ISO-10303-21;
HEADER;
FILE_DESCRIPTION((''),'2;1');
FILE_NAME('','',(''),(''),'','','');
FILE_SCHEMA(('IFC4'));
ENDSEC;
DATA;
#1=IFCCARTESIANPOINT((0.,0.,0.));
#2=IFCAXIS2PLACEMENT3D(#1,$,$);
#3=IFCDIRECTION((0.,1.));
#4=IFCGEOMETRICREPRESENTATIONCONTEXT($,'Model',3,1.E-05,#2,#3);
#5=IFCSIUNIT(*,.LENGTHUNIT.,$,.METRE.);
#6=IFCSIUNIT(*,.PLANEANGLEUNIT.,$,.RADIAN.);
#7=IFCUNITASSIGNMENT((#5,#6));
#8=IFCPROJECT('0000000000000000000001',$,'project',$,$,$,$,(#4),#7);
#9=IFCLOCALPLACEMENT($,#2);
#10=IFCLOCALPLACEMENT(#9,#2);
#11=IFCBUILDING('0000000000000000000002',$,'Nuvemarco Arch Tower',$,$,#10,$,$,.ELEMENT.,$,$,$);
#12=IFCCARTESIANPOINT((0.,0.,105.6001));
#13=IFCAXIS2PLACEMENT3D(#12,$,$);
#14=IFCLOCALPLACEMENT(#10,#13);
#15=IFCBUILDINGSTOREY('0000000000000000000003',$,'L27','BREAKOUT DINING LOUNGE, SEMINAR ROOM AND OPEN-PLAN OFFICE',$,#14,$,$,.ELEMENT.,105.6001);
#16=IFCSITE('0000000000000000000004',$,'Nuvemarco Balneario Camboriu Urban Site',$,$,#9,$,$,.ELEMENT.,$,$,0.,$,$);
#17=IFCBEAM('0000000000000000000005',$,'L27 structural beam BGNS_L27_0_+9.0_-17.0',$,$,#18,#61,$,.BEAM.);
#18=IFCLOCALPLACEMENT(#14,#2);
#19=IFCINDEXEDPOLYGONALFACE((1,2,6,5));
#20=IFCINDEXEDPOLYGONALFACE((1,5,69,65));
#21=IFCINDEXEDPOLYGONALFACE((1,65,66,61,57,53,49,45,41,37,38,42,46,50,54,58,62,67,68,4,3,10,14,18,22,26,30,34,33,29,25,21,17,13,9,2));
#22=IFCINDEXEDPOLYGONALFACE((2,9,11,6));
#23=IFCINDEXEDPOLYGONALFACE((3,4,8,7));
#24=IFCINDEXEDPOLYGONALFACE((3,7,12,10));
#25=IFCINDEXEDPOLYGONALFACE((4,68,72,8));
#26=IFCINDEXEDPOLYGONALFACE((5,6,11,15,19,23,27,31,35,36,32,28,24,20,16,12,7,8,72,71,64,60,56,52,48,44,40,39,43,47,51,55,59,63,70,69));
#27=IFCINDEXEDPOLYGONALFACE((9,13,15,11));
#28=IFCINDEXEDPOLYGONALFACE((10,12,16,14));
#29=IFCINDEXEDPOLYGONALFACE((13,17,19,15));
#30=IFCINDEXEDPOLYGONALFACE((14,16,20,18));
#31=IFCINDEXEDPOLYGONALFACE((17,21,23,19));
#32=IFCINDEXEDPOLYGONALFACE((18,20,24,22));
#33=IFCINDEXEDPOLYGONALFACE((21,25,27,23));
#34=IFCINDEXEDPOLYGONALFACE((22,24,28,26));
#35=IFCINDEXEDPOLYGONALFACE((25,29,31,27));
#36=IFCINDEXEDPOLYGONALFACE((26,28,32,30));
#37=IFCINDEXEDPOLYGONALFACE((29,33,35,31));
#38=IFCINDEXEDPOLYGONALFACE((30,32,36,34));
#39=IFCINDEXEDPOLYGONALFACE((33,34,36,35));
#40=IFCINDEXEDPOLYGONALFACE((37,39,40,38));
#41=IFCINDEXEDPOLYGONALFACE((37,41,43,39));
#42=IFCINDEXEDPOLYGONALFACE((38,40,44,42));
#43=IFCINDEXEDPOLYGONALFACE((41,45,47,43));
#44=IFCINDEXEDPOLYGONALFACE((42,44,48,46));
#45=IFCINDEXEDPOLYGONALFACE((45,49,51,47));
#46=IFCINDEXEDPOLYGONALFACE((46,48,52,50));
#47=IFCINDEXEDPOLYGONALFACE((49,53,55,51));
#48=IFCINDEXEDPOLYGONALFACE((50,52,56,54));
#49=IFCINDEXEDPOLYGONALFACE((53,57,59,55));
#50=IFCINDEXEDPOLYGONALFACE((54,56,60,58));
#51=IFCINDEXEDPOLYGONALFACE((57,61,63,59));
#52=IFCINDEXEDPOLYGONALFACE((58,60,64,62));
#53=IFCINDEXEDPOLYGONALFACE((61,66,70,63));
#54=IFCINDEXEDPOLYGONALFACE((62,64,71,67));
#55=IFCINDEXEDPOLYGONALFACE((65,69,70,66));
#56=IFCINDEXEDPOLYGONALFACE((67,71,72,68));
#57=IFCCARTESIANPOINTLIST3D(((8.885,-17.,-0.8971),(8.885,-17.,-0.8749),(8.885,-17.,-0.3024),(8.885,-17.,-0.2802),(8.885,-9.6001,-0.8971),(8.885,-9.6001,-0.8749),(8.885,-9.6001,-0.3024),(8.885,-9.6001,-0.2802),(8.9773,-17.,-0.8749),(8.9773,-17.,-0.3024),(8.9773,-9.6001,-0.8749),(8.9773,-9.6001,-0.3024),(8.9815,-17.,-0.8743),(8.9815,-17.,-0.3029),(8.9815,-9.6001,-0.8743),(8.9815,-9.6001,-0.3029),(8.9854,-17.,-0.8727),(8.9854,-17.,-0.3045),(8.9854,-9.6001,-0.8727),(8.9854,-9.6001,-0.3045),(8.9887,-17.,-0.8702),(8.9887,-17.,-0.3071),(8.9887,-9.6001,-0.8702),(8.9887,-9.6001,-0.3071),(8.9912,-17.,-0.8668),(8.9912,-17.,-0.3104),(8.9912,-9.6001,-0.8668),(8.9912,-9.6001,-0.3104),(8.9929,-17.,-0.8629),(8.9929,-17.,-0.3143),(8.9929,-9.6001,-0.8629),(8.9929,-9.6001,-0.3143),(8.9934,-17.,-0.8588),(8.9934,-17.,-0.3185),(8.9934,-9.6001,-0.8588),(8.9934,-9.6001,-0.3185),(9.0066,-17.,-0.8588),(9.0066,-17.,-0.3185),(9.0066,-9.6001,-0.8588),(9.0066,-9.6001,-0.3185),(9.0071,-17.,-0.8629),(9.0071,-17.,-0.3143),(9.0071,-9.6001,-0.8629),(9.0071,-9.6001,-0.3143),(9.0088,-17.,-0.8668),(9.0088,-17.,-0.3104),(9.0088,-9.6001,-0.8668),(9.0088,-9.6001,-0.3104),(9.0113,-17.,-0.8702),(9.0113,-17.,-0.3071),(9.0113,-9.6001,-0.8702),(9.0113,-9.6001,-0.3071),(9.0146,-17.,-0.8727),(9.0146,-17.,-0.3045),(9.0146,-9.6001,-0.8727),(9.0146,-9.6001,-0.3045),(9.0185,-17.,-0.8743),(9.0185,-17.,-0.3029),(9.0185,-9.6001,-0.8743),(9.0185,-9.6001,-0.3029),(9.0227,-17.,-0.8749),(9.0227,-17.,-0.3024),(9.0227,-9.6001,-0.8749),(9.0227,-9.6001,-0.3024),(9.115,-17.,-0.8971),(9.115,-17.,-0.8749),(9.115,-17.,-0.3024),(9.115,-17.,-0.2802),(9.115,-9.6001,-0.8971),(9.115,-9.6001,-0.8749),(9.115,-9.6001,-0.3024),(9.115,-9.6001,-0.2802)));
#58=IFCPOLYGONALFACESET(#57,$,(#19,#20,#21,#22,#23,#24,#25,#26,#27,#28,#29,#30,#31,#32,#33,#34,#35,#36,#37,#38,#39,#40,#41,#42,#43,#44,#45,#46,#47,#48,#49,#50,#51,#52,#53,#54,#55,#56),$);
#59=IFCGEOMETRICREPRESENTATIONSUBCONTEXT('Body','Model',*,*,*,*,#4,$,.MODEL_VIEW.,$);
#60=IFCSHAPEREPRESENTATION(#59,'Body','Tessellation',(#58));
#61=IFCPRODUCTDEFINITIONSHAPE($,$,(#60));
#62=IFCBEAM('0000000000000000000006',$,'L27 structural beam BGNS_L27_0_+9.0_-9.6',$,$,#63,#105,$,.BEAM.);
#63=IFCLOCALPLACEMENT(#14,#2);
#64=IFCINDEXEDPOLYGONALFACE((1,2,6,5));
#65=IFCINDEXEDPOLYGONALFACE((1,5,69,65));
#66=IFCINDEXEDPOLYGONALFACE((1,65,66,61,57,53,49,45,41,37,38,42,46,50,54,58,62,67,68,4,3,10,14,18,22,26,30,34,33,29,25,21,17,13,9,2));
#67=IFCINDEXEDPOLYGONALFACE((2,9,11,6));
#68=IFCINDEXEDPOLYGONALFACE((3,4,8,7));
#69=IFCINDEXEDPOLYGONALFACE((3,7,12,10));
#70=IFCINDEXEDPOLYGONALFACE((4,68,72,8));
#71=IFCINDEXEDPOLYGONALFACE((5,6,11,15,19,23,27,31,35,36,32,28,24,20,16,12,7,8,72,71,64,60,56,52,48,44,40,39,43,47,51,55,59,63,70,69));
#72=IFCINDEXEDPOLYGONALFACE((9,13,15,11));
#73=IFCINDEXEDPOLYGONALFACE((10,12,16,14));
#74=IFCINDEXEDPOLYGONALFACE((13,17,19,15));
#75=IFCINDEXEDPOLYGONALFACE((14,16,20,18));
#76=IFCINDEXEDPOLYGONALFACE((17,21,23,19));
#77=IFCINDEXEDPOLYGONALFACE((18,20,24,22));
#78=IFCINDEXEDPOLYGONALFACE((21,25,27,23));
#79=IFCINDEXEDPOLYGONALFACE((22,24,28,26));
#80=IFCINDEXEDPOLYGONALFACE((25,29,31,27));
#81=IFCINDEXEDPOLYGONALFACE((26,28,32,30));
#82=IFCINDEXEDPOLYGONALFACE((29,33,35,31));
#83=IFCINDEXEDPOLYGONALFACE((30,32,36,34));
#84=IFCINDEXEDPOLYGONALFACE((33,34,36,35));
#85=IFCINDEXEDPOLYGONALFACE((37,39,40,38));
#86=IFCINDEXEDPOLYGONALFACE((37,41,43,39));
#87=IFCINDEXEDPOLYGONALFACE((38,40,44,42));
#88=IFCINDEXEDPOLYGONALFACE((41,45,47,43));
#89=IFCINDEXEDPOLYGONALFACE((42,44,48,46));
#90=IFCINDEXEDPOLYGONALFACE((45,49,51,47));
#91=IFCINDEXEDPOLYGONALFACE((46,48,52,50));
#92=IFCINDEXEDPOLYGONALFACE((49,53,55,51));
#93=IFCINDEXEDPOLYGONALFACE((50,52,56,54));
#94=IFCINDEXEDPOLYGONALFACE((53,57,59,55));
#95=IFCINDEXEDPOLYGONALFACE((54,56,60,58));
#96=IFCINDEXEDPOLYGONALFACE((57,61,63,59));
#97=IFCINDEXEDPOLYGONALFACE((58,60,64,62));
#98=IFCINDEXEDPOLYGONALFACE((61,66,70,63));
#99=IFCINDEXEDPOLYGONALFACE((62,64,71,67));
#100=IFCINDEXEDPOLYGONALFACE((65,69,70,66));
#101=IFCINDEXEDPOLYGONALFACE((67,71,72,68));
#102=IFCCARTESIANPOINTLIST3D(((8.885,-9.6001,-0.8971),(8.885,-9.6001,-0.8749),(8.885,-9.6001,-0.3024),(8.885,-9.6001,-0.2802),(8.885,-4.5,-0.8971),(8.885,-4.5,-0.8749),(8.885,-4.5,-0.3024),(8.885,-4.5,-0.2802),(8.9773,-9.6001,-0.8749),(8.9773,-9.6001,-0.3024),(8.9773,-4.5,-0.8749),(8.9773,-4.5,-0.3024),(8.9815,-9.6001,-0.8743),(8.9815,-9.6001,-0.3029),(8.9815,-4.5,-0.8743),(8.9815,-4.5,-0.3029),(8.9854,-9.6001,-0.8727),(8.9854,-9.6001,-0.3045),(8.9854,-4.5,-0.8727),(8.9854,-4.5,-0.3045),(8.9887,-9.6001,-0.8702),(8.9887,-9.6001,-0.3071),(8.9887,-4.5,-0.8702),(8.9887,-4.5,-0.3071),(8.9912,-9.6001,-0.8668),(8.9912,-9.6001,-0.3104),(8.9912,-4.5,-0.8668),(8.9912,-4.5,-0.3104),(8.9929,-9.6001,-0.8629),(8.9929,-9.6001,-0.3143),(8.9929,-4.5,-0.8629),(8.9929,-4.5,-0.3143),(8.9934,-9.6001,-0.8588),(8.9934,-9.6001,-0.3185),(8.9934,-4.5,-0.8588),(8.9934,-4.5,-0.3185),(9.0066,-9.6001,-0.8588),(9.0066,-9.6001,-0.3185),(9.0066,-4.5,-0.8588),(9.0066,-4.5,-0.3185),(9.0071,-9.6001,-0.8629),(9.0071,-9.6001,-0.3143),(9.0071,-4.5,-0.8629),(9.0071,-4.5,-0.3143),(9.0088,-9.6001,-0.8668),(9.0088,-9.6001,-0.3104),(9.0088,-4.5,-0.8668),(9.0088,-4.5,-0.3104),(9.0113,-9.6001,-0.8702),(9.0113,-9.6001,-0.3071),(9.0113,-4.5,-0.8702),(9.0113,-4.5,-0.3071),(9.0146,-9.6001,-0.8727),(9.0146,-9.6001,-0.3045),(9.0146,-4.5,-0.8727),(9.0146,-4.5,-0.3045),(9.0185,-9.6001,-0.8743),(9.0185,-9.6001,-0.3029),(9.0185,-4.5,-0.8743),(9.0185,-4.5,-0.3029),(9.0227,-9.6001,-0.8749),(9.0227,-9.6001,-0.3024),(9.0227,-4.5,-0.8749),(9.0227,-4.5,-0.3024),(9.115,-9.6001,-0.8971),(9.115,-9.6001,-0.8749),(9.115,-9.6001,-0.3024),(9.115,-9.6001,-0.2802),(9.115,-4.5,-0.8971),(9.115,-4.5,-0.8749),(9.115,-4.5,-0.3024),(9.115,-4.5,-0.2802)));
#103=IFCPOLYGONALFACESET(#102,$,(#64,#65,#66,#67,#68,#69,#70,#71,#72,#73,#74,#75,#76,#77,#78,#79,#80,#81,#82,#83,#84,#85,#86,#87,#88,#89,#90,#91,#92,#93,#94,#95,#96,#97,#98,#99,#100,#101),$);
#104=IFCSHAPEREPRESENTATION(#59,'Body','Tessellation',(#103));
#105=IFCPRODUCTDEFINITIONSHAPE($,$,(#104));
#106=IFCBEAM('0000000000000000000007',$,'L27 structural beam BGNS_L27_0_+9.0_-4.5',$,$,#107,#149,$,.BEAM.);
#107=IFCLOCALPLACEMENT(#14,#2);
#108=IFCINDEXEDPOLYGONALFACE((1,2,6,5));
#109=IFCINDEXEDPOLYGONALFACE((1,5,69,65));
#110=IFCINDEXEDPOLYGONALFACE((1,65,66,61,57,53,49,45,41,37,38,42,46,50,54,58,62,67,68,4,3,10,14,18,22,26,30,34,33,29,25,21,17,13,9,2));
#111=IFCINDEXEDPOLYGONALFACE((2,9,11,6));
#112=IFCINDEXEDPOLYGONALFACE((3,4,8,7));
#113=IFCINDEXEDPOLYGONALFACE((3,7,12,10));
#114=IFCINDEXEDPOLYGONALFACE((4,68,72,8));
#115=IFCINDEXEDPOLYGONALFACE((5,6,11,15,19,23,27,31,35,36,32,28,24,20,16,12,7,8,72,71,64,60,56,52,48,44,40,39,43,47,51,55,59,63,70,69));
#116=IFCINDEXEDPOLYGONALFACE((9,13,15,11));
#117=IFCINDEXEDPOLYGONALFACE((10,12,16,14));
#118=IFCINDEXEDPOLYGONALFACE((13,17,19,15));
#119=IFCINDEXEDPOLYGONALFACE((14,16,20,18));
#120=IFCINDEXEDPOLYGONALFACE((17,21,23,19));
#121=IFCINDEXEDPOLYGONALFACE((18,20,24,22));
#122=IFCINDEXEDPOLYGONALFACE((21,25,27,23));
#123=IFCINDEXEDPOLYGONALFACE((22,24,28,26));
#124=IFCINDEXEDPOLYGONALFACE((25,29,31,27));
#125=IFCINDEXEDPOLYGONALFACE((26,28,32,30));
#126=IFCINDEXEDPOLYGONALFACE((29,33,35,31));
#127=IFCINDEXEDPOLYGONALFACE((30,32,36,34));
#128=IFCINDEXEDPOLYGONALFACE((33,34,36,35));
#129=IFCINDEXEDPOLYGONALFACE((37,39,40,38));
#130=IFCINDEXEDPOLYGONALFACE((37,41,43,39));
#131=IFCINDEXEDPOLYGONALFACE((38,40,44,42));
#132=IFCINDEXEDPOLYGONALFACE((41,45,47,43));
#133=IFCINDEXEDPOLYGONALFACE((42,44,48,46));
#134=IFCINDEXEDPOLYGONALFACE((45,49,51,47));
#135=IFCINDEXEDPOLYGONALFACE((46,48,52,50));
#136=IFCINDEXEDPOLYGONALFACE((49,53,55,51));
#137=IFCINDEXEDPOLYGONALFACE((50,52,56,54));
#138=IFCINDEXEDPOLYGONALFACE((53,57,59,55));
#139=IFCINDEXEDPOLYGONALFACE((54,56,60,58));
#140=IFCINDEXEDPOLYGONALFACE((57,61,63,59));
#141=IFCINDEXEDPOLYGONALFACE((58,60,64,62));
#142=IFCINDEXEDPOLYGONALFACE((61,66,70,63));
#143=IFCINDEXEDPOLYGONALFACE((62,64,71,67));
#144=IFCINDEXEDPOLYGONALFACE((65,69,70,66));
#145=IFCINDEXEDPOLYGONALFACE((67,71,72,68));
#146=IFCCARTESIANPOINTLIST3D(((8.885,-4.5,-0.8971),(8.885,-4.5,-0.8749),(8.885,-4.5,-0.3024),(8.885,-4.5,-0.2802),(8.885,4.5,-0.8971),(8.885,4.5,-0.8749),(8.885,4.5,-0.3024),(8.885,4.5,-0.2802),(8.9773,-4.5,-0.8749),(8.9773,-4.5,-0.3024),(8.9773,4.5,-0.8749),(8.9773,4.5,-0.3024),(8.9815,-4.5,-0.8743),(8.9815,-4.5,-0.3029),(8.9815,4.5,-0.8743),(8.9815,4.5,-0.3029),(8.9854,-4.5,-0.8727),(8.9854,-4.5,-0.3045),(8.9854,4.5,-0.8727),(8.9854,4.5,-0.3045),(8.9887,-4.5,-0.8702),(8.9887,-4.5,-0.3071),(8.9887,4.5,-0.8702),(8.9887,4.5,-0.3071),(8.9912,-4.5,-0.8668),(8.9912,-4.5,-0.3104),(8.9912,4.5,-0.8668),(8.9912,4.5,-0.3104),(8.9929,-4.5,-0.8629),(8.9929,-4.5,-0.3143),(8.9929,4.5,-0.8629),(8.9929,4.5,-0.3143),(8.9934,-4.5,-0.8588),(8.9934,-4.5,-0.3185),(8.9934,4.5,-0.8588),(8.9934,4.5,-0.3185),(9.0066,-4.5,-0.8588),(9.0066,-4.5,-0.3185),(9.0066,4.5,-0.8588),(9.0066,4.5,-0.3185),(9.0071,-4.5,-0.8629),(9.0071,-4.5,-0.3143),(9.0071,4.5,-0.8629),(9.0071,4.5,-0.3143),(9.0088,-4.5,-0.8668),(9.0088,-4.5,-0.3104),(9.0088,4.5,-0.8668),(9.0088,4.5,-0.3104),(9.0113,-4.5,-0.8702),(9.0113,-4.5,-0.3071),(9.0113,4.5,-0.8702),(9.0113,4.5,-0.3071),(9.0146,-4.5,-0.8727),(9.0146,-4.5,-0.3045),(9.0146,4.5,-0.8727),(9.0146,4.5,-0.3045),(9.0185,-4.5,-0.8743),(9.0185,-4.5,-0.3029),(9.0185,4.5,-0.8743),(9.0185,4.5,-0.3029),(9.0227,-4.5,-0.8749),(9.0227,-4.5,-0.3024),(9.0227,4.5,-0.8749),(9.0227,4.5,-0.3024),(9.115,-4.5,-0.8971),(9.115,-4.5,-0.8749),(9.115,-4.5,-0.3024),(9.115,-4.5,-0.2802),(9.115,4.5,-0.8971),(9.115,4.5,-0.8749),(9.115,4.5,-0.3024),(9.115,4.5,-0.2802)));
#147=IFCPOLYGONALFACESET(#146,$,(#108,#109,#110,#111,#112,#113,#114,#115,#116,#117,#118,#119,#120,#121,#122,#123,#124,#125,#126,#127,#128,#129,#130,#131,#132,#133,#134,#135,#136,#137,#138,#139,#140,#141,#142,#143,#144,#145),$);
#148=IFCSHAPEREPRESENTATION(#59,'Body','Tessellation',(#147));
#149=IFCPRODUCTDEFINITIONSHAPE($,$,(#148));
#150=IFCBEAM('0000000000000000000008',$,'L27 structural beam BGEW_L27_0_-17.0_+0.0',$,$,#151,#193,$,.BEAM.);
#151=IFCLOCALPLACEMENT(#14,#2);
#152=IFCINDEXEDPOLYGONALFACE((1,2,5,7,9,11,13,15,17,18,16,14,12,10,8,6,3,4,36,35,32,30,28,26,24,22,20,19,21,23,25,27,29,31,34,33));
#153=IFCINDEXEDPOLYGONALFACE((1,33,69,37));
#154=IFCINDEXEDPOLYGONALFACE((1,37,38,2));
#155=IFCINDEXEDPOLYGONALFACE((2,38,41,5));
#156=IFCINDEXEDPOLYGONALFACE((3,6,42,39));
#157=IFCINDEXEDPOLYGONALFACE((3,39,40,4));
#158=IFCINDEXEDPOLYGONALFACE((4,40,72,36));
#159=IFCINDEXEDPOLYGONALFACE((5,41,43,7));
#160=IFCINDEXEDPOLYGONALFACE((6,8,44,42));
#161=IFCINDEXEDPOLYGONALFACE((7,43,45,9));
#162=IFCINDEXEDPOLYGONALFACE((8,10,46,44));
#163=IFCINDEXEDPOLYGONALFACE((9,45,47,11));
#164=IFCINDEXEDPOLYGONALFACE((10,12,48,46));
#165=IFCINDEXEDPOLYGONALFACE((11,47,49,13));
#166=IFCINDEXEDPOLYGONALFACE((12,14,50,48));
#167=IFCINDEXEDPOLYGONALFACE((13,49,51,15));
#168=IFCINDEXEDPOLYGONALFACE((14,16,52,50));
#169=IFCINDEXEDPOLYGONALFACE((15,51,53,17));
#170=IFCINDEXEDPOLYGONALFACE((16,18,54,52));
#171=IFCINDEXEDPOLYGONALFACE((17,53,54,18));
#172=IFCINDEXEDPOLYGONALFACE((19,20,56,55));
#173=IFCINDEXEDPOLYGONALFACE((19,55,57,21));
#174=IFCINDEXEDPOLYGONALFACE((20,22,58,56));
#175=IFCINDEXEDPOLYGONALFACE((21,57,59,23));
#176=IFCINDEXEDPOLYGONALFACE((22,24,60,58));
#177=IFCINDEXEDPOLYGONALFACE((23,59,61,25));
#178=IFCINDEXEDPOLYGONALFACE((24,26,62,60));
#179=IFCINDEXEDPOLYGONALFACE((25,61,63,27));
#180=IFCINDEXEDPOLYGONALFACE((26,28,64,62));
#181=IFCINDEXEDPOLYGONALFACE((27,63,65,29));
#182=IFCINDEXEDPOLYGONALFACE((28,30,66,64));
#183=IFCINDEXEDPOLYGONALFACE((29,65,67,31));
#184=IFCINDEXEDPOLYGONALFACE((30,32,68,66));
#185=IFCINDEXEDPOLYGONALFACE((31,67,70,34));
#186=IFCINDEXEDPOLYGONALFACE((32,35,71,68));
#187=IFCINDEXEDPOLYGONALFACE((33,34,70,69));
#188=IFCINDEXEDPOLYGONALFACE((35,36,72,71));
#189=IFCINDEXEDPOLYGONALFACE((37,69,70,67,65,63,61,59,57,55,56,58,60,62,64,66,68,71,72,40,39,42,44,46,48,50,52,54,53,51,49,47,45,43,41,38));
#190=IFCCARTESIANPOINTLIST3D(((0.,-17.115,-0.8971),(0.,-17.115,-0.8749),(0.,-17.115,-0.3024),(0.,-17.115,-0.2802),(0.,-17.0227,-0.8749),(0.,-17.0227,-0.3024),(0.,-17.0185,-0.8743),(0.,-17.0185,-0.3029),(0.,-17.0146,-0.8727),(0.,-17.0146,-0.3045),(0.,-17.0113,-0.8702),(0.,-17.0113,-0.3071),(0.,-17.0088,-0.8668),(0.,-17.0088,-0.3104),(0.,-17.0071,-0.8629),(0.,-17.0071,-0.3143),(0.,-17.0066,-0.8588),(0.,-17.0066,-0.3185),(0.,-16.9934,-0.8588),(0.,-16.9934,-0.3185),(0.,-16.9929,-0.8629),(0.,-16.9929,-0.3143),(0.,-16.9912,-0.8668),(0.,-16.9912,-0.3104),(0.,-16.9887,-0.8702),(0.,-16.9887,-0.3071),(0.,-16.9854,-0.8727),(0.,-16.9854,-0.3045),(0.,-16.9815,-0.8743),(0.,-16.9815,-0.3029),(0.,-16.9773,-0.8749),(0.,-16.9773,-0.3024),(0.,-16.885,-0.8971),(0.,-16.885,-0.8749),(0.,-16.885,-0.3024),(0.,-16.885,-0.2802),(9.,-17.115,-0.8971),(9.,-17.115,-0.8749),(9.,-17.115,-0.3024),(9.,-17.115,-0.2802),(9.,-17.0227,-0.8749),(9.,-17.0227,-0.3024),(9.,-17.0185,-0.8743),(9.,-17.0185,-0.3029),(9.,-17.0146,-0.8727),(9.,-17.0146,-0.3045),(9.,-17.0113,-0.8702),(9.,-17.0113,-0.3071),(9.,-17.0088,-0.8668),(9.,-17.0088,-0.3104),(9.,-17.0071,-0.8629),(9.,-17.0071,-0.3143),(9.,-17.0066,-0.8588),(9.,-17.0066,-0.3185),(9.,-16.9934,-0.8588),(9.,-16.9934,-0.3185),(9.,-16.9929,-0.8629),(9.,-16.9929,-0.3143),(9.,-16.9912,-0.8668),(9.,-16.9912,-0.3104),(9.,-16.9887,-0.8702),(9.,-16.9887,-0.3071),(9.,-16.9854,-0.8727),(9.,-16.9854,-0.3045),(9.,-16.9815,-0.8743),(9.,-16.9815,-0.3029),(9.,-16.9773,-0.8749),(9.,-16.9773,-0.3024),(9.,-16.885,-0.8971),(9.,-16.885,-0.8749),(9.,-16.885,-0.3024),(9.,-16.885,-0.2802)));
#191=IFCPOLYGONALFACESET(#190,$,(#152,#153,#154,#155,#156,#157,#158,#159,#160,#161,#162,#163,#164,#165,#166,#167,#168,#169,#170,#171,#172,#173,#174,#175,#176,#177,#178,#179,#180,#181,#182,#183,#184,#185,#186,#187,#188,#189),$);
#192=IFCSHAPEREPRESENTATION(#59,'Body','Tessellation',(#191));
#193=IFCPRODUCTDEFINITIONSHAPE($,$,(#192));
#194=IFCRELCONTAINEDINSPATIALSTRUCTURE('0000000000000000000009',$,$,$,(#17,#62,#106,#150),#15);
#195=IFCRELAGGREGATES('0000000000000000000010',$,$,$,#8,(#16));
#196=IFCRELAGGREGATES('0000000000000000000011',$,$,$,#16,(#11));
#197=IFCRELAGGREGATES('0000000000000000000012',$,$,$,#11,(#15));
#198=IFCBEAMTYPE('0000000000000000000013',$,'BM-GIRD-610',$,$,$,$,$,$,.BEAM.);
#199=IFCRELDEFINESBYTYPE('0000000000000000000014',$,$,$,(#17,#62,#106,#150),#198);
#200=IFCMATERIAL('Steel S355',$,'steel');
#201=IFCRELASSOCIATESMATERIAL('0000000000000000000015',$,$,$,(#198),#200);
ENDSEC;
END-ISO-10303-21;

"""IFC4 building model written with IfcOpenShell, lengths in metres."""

from ifc_helpers import new_model, si_unit, direction, frame, origin, origin_2d, place, context, subcontext, project, spatial, i_section, extrude, material, material_profile, profile_set, type_object, element, save


model = new_model("IFC4")

# Units and contexts
model_context = context("Model", 3, precision=1e-05, world=origin(), true_north=direction((0.0, 1.0)))
body_context = subcontext(model_context, "Body", "Model", "MODEL_VIEW")
ifc_project = project(units=[si_unit("LENGTHUNIT", "METRE"), si_unit("PLANEANGLEUNIT", "RADIAN")], contexts=[model_context])

# Site, building, storey
site_placement = place(None, origin())
site = spatial("IfcSite", under=ifc_project, at=site_placement, Name="Nuvemarco Balneario Camboriu Urban Site", CompositionType="ELEMENT", RefElevation=0.0)
building_placement = place(site_placement, origin())
building = spatial("IfcBuilding", under=site, at=building_placement, Name="Nuvemarco Arch Tower", CompositionType="ELEMENT")
storey_placement = place(building_placement, frame((0.0, 0.0, 105.6001)))
storey = spatial("IfcBuildingStorey", under=building, at=storey_placement, Name="L27", Description="BREAKOUT DINING LOUNGE, SEMINAR ROOM AND OPEN-PLAN OFFICE", CompositionType="ELEMENT", Elevation=105.6001)

# Shared definitions
ifc_material_1 = material(Name="Steel S355", Category="steel")

# Beams
ifc_material_profile_1 = material_profile(ifc_material_1, i_section(OverallWidth=0.23, OverallDepth=0.6169, WebThickness=0.0132, FlangeThickness=0.0222, FilletRadius=0.0161, at=origin_2d()), Name="W610x140")
ifc_profile_set_1 = profile_set([ifc_material_profile_1], Name="Steel S355")
beam_type_1 = type_object("IfcBeamType", Name="BM-GIRD-610", PredefinedType="BEAM", material=ifc_profile_set_1)
beam_1_placement = place(storey_placement, frame((9.0, -17.0, -0.5886), z_axis=(0.0, 1.0, 0.0), x_axis=(-1.0, 0.0, 0.0)))
element("IfcBeam", 1, at=beam_1_placement, inside=storey, type_object=beam_type_1, Name="L27 structural beam BGNS_L27_0_+9.0_-17.0", PredefinedType="BEAM", context=body_context, shape_type="SweptSolid", body=[
    extrude(i_section(OverallWidth=0.23, OverallDepth=0.6169, WebThickness=0.0132, FlangeThickness=0.0222, FilletRadius=0.0161, at=origin_2d()), origin(), (0.0, 0.0, 1.0), 7.3999),
])
beam_2_placement = place(storey_placement, frame((9.0, -9.6001, -0.5886), z_axis=(0.0, 1.0, 0.0), x_axis=(-1.0, 0.0, 0.0)))
element("IfcBeam", 2, at=beam_2_placement, inside=storey, type_object=beam_type_1, Name="L27 structural beam BGNS_L27_0_+9.0_-9.6", PredefinedType="BEAM", context=body_context, shape_type="SweptSolid", body=[
    extrude(i_section(OverallWidth=0.23, OverallDepth=0.6169, WebThickness=0.0132, FlangeThickness=0.0222, FilletRadius=0.0161, at=origin_2d()), origin(), (0.0, 0.0, 1.0), 5.1001),
])
for number, where, z_axis, x_axis, name in (
    (3, (9.0, -4.5, -0.5886), (0.0, 1.0, 0.0), (-1.0, 0.0, 0.0), "L27 structural beam BGNS_L27_0_+9.0_-4.5"),
    (4, (0.0, -17.0, -0.5886), (1.0, 0.0, 0.0), (0.0, 1.0, 0.0), "L27 structural beam BGEW_L27_0_-17.0_+0.0"),
):
    element("IfcBeam", number, at=place(storey_placement, frame(where, z_axis=z_axis, x_axis=x_axis)), inside=storey, type_object=beam_type_1, Name=name, PredefinedType="BEAM", context=body_context, shape_type="SweptSolid", body=[
        extrude(i_section(OverallWidth=0.23, OverallDepth=0.6169, WebThickness=0.0132, FlangeThickness=0.0222, FilletRadius=0.0161, at=origin_2d()), origin(), (0.0, 0.0, 1.0), 9.0),
    ])

save(model, "model.ifc")
